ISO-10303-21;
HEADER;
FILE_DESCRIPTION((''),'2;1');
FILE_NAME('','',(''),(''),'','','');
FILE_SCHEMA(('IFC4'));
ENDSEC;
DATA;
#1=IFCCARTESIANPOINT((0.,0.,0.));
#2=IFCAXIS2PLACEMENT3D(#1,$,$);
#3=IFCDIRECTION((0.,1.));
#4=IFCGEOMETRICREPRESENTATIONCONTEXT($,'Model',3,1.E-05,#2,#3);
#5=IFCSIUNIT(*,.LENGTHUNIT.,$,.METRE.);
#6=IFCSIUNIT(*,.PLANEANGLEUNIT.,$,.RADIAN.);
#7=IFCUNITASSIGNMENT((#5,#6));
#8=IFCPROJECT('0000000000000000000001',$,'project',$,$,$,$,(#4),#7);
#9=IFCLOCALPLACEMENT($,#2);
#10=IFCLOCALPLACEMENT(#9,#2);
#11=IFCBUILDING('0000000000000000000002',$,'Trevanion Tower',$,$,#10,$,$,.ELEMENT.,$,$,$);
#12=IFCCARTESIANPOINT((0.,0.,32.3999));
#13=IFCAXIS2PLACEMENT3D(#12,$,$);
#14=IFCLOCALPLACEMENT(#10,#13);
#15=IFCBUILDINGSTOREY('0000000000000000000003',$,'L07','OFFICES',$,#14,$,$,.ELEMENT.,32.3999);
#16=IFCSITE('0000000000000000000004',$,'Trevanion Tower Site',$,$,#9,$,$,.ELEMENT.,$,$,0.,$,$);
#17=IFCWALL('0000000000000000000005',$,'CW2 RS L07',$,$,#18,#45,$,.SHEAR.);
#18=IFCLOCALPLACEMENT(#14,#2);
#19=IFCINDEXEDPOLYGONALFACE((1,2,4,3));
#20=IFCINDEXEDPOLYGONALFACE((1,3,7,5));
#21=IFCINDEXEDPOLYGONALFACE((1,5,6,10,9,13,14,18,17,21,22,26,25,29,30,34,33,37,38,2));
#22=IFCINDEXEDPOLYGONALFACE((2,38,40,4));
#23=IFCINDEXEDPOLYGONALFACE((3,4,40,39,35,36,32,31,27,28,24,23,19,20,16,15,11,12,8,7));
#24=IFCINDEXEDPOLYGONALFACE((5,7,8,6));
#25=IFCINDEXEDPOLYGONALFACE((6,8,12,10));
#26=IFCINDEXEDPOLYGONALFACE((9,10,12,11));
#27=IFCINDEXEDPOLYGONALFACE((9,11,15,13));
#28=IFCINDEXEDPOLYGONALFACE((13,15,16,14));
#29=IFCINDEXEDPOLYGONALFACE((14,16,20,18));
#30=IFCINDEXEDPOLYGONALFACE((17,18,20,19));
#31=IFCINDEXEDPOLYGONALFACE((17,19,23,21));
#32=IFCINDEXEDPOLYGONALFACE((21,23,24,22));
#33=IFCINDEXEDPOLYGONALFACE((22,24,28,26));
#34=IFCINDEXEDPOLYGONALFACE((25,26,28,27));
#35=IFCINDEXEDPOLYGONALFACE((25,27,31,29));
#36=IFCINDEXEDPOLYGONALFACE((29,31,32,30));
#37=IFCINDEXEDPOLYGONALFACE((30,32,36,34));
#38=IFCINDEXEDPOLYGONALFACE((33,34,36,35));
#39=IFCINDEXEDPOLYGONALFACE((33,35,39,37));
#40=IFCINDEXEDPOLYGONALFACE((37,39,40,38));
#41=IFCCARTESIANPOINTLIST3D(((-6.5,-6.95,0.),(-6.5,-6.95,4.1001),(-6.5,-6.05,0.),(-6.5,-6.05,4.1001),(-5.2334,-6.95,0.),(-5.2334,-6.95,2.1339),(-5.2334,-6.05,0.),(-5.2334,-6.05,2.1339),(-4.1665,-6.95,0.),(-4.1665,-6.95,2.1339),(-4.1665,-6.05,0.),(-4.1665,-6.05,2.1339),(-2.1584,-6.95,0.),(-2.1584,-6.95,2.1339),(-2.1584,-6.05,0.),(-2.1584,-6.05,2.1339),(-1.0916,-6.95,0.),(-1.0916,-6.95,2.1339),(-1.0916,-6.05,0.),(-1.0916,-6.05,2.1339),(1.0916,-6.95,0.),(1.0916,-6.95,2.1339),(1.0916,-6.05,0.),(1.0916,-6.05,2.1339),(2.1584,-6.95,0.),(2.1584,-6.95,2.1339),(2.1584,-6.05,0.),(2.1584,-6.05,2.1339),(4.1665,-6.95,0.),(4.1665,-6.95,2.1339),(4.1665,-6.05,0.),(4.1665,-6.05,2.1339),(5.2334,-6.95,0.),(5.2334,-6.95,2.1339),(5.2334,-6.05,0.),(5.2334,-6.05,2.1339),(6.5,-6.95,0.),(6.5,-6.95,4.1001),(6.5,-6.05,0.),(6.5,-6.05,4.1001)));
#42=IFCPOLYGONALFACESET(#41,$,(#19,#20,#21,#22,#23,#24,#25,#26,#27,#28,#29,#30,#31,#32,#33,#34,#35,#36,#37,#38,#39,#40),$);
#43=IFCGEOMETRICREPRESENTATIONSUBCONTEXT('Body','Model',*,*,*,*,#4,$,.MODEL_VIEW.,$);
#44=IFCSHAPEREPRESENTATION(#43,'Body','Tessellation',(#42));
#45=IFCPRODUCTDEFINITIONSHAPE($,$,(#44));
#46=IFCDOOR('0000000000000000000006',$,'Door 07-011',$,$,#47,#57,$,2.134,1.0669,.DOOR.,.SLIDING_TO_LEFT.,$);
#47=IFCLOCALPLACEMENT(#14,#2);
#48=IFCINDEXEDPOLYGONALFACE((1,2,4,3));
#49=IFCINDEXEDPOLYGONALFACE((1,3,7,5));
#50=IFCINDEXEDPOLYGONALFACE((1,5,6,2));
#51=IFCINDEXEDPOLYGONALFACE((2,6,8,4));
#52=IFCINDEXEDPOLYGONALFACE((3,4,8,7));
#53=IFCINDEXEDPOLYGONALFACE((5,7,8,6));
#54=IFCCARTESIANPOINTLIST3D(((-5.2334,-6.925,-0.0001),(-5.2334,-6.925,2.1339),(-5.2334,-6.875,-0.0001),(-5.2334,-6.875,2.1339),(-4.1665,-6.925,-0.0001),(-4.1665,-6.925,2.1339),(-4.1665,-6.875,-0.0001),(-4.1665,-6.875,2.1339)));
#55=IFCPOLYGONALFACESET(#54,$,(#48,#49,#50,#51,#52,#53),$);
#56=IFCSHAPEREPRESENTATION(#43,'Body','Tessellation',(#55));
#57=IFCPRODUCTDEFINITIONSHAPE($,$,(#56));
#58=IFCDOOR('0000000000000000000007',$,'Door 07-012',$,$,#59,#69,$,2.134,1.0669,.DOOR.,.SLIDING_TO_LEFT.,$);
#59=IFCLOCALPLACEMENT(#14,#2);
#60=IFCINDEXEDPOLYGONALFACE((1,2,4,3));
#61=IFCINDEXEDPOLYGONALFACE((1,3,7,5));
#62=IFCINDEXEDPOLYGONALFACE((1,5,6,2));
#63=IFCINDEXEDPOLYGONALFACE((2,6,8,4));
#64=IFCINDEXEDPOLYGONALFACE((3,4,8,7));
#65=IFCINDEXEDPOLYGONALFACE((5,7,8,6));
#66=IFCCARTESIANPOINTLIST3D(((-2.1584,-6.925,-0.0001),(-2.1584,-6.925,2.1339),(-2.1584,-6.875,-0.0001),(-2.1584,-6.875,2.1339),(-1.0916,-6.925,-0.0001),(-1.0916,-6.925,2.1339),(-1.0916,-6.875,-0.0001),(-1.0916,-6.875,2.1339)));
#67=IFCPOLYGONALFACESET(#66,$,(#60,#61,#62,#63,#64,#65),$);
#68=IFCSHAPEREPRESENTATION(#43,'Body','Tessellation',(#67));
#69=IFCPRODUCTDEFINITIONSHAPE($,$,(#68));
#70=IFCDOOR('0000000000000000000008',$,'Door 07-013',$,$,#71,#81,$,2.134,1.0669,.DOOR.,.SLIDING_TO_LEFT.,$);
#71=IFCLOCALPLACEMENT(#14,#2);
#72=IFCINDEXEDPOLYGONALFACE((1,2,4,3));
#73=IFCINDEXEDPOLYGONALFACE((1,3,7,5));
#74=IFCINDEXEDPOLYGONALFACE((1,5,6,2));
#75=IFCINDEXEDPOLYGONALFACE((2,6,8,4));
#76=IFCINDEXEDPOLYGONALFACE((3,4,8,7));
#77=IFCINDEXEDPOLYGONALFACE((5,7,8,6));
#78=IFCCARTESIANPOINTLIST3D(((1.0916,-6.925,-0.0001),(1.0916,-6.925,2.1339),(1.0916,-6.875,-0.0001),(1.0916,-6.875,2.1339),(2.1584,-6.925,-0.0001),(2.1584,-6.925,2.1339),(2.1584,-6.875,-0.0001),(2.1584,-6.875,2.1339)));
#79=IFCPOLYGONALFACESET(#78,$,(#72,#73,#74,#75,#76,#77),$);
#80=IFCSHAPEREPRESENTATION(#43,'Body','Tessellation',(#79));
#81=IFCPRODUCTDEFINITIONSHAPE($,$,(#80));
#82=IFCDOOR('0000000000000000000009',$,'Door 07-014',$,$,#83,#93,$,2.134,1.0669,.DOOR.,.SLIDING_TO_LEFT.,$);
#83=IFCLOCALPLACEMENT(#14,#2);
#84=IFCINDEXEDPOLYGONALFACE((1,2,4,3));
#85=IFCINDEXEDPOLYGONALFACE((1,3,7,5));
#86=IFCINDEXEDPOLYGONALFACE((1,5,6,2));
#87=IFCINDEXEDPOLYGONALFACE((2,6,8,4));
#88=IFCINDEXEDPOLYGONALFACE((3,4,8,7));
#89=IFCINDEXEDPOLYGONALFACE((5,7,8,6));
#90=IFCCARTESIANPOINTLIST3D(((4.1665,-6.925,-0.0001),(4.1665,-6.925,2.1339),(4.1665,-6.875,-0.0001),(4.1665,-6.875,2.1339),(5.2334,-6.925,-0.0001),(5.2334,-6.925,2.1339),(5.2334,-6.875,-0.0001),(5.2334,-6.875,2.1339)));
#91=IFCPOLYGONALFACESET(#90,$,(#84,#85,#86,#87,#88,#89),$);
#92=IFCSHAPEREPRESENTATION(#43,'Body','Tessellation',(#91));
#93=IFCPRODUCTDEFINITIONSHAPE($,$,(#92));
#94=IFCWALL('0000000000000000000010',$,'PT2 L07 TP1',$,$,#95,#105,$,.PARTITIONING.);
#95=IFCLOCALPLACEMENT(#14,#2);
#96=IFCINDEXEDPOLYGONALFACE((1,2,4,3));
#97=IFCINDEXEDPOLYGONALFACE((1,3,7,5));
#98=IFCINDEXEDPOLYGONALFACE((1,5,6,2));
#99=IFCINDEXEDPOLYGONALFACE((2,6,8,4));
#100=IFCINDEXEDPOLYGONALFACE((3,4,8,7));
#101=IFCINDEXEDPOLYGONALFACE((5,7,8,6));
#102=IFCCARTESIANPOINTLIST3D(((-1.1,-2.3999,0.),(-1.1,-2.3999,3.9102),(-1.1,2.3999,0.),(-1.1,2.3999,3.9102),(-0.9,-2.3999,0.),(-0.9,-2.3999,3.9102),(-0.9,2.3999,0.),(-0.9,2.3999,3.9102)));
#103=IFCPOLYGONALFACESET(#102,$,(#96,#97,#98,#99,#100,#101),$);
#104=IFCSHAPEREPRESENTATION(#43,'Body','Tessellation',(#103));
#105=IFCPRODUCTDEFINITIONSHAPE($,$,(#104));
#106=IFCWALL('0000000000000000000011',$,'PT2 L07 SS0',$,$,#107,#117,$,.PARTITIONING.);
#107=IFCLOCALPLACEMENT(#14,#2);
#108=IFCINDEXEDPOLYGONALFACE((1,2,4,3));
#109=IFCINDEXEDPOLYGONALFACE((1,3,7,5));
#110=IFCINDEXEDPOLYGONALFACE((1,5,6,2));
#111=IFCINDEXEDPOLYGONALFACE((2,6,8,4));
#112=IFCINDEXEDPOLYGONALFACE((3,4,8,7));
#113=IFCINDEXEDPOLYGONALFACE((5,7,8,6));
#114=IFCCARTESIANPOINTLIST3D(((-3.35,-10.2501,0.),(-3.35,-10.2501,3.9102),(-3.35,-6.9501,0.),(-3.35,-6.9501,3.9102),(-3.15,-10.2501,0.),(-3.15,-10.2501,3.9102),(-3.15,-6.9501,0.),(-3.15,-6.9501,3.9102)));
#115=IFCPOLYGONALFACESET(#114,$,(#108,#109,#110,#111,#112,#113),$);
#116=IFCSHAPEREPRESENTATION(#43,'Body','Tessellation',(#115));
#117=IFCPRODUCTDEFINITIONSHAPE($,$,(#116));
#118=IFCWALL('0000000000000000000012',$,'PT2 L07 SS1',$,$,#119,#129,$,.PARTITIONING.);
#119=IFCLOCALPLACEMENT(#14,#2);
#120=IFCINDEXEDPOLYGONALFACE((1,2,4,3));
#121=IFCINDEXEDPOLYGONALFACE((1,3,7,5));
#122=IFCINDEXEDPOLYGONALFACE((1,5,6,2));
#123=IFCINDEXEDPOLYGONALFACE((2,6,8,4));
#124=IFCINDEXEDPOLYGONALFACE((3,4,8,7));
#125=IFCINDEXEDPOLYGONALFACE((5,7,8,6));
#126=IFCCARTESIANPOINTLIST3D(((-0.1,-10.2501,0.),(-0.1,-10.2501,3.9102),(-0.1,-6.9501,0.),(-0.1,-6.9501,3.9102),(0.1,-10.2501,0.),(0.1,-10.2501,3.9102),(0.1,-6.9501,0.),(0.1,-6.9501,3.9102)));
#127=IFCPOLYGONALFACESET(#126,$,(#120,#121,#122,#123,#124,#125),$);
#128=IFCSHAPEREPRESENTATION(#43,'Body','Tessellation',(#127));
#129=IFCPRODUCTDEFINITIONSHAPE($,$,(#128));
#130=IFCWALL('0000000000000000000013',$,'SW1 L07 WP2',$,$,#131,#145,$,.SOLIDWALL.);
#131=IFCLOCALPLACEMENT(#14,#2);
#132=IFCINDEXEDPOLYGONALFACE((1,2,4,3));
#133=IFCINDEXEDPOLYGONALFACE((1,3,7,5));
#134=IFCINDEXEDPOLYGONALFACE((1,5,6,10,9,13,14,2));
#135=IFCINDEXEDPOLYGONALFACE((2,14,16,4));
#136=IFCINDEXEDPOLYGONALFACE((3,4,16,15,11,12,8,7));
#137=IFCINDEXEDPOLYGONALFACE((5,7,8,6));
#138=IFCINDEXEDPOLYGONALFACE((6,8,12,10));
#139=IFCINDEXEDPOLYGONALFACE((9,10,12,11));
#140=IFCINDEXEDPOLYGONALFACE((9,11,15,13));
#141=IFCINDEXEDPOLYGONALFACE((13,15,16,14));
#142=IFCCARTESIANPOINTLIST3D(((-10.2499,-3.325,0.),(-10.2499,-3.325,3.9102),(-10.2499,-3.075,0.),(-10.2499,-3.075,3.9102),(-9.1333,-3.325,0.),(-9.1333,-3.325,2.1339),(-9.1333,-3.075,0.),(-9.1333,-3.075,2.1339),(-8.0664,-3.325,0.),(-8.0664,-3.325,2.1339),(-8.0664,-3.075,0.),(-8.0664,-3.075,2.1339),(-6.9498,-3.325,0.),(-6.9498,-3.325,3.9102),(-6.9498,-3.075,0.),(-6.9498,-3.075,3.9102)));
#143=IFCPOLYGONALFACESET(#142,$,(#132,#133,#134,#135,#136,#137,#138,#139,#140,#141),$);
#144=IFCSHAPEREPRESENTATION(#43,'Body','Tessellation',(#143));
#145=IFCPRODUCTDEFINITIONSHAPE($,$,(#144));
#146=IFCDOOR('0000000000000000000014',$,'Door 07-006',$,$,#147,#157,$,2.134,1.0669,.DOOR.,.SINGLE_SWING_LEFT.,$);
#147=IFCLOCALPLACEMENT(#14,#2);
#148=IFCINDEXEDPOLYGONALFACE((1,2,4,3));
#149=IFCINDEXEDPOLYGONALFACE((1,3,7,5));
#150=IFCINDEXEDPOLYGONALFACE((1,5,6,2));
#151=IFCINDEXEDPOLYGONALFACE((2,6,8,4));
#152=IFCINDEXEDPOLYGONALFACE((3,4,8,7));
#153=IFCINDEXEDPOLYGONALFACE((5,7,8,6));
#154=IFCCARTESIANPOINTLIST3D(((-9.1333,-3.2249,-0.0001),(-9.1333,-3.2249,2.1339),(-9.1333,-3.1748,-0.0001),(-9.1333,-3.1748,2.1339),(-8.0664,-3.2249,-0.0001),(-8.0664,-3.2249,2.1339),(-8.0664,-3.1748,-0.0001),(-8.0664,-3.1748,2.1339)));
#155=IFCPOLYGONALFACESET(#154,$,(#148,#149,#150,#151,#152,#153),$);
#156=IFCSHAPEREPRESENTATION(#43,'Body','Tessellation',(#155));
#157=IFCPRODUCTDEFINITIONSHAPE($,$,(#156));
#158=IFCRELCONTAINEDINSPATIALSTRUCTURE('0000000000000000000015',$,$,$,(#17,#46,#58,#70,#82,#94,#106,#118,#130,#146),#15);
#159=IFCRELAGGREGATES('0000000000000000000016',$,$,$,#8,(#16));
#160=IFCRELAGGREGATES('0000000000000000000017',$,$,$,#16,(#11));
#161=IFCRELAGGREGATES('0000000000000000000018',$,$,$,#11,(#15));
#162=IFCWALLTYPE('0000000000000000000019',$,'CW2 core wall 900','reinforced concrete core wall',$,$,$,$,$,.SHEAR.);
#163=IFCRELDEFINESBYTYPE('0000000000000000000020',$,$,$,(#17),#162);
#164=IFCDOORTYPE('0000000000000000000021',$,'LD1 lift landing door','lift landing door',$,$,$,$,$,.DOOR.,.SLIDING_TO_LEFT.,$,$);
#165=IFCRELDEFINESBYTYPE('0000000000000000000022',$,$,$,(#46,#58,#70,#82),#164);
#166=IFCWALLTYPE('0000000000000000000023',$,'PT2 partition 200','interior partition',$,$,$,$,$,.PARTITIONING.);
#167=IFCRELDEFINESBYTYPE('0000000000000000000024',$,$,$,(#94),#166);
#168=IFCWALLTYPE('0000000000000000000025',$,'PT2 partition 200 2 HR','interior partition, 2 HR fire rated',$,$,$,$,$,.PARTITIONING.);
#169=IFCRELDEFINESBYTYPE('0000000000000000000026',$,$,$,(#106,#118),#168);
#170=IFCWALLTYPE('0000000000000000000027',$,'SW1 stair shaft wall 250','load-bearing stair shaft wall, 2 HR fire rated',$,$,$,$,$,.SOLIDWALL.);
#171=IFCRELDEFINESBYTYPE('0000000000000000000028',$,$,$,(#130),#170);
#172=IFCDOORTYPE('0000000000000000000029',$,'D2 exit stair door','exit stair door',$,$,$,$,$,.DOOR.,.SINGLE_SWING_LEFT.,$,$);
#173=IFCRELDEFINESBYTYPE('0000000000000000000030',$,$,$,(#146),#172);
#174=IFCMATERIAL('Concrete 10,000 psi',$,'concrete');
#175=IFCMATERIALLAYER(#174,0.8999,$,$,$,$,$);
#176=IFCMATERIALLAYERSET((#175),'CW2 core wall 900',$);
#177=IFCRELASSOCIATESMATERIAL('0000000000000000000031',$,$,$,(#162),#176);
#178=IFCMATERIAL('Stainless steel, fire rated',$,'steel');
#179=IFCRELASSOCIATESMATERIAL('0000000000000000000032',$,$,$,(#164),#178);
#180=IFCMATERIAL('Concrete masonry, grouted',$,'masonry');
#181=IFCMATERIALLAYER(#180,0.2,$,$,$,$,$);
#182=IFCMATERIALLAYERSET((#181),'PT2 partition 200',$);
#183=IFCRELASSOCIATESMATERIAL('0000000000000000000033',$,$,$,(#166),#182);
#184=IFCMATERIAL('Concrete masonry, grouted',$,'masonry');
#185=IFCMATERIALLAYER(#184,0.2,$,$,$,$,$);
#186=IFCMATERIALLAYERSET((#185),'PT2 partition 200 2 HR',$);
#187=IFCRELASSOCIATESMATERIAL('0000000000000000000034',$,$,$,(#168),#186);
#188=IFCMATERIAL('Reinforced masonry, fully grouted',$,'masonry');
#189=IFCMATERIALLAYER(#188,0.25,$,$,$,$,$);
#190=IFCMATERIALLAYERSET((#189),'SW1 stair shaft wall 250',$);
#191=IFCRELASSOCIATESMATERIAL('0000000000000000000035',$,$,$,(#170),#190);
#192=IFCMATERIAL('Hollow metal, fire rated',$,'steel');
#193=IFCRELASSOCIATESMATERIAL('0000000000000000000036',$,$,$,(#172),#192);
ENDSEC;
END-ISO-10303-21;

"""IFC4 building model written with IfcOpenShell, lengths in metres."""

from ifc_helpers import new_model, si_unit, direction, frame, frame_2d, origin, place, context, subcontext, project, spatial, rectangle, extrude, material, layer, layer_set, type_object, element, fill, save


model = new_model("IFC4")

# Units and contexts
model_context = context("Model", 3, precision=1e-05, world=origin(), true_north=direction((0.0, 1.0)))
body_context = subcontext(model_context, "Body", "Model", "MODEL_VIEW")
ifc_project = project(units=[si_unit("LENGTHUNIT", "METRE"), si_unit("PLANEANGLEUNIT", "RADIAN")], contexts=[model_context])

# Site, building, storey
site_placement = place(None, origin())
site = spatial("IfcSite", under=ifc_project, at=site_placement, Name="Trevanion Tower Site", CompositionType="ELEMENT", RefElevation=0.0)
building_placement = place(site_placement, origin())
building = spatial("IfcBuilding", under=site, at=building_placement, Name="Trevanion Tower", CompositionType="ELEMENT")
storey_placement = place(building_placement, frame((0.0, 0.0, 32.3999)))
storey = spatial("IfcBuildingStorey", under=building, at=storey_placement, Name="L07", Description="OFFICES", CompositionType="ELEMENT", Elevation=32.3999)

# Shared definitions
ifc_material_1 = material(Name="Concrete 10,000 psi", Category="concrete")
ifc_layer_1 = layer(ifc_material_1, 0.8999)
ifc_layer_set_1 = layer_set([ifc_layer_1], Name="CW2 core wall 900")
wall_type_1 = type_object("IfcWallType", Name="CW2 core wall 900", Description="reinforced concrete core wall", PredefinedType="SHEAR", material=ifc_layer_set_1)

# Wall, openings, doors
wall_1_placement = place(storey_placement, frame((-6.5, -6.5, 0.0), z_axis=(0.0, 0.0, 1.0), x_axis=(1.0, 0.0, 0.0)))
wall_1 = element("IfcWall", 1, at=wall_1_placement, inside=storey, type_object=wall_type_1, Name="CW2 RS L07", PredefinedType="SHEAR", context=body_context, shape_type="SweptSolid", body=[
    extrude(rectangle(XDim=13.0, YDim=0.8999, at=frame_2d((6.5, 0.0))), origin(), (0.0, 0.0, 1.0), 4.1001),
])
opening_1_placement = place(wall_1_placement, frame((1.2666, 0.0, 0.0)))
opening_1 = element("IfcOpeningElement", 2, at=opening_1_placement, cuts=wall_1, PredefinedType="OPENING", context=body_context, shape_type="SweptSolid", body=[
    extrude(rectangle(XDim=1.0669, YDim=2.134, at=frame_2d((0.5334, 1.0669))), frame((0.0, 0.46, 0.0), z_axis=(0.0, -1.0, 0.0), x_axis=(1.0, 0.0, 0.0)), (0.0, 0.0, 1.0), 0.9199),
])
opening_2_placement = place(wall_1_placement, frame((4.3416, 0.0, 0.0)))
opening_2 = element("IfcOpeningElement", 3, at=opening_2_placement, cuts=wall_1, PredefinedType="OPENING", context=body_context, shape_type="SweptSolid", body=[
    extrude(rectangle(XDim=1.0669, YDim=2.134, at=frame_2d((0.5334, 1.0669))), frame((0.0, 0.46, 0.0), z_axis=(0.0, -1.0, 0.0), x_axis=(1.0, 0.0, 0.0)), (0.0, 0.0, 1.0), 0.9199),
])
opening_3_placement = place(wall_1_placement, frame((7.5916, 0.0, 0.0)))
opening_3 = element("IfcOpeningElement", 4, at=opening_3_placement, cuts=wall_1, PredefinedType="OPENING", context=body_context, shape_type="SweptSolid", body=[
    extrude(rectangle(XDim=1.0669, YDim=2.134, at=frame_2d((0.5334, 1.0669))), frame((0.0, 0.46, 0.0), z_axis=(0.0, -1.0, 0.0), x_axis=(1.0, 0.0, 0.0)), (0.0, 0.0, 1.0), 0.9199),
])
opening_4_placement = place(wall_1_placement, frame((10.6665, 0.0, 0.0)))
opening_4 = element("IfcOpeningElement", 5, at=opening_4_placement, cuts=wall_1, PredefinedType="OPENING", context=body_context, shape_type="SweptSolid", body=[
    extrude(rectangle(XDim=1.0669, YDim=2.134, at=frame_2d((0.5334, 1.0669))), frame((0.0, 0.46, 0.0), z_axis=(0.0, -1.0, 0.0), x_axis=(1.0, 0.0, 0.0)), (0.0, 0.0, 1.0), 0.9199),
])
ifc_material_2 = material(Name="Stainless steel, fire rated", Category="steel")
door_type_1 = type_object("IfcDoorType", Name="LD1 lift landing door", Description="lift landing door", OperationType="SLIDING_TO_LEFT", PredefinedType="DOOR", material=ifc_material_2)
door_1_placement = place(opening_1_placement, origin())
door_1 = element("IfcDoor", 6, at=door_1_placement, inside=storey, type_object=door_type_1, Name="Door 07-011", OperationType="SLIDING_TO_LEFT", OverallHeight=2.134, OverallWidth=1.0669, PredefinedType="DOOR", context=body_context, shape_type="SweptSolid", body=[
    extrude(rectangle(XDim=1.0669, YDim=2.134, at=frame_2d((0.5334, 1.0669))), frame((0.0, -0.375, 0.0), z_axis=(0.0, -1.0, 0.0), x_axis=(1.0, 0.0, 0.0)), (0.0, 0.0, 1.0), 0.05),
])
fill(opening_1, door_1)
door_2_placement = place(opening_2_placement, origin())
door_2 = element("IfcDoor", 7, at=door_2_placement, inside=storey, type_object=door_type_1, Name="Door 07-012", OperationType="SLIDING_TO_LEFT", OverallHeight=2.134, OverallWidth=1.0669, PredefinedType="DOOR", context=body_context, shape_type="SweptSolid", body=[
    extrude(rectangle(XDim=1.0669, YDim=2.134, at=frame_2d((0.5334, 1.0669))), frame((0.0, -0.375, 0.0), z_axis=(0.0, -1.0, 0.0), x_axis=(1.0, 0.0, 0.0)), (0.0, 0.0, 1.0), 0.05),
])
fill(opening_2, door_2)
door_3_placement = place(opening_3_placement, origin())
door_3 = element("IfcDoor", 8, at=door_3_placement, inside=storey, type_object=door_type_1, Name="Door 07-013", OperationType="SLIDING_TO_LEFT", OverallHeight=2.134, OverallWidth=1.0669, PredefinedType="DOOR", context=body_context, shape_type="SweptSolid", body=[
    extrude(rectangle(XDim=1.0669, YDim=2.134, at=frame_2d((0.5334, 1.0669))), frame((0.0, -0.375, 0.0), z_axis=(0.0, -1.0, 0.0), x_axis=(1.0, 0.0, 0.0)), (0.0, 0.0, 1.0), 0.05),
])
fill(opening_3, door_3)
door_4_placement = place(opening_4_placement, origin())
door_4 = element("IfcDoor", 9, at=door_4_placement, inside=storey, type_object=door_type_1, Name="Door 07-014", OperationType="SLIDING_TO_LEFT", OverallHeight=2.134, OverallWidth=1.0669, PredefinedType="DOOR", context=body_context, shape_type="SweptSolid", body=[
    extrude(rectangle(XDim=1.0669, YDim=2.134, at=frame_2d((0.5334, 1.0669))), frame((0.0, -0.375, 0.0), z_axis=(0.0, -1.0, 0.0), x_axis=(1.0, 0.0, 0.0)), (0.0, 0.0, 1.0), 0.05),
])
fill(opening_4, door_4)

# Walls
ifc_material_3 = material(Name="Concrete masonry, grouted", Category="masonry")
ifc_layer_2 = layer(ifc_material_3, 0.2)
ifc_layer_set_2 = layer_set([ifc_layer_2], Name="PT2 partition 200")
wall_type_2 = type_object("IfcWallType", Name="PT2 partition 200", Description="interior partition", PredefinedType="PARTITIONING", material=ifc_layer_set_2)
wall_2_placement = place(storey_placement, frame((-1.0, -2.3999, 0.0), z_axis=(0.0, 0.0, 1.0), x_axis=(0.0, 1.0, 0.0)))
element("IfcWall", 10, at=wall_2_placement, inside=storey, type_object=wall_type_2, Name="PT2 L07 TP1", PredefinedType="PARTITIONING", context=body_context, shape_type="SweptSolid", body=[
    extrude(rectangle(XDim=4.7998, YDim=0.2, at=frame_2d((2.3999, 0.0))), origin(), (0.0, 0.0, 1.0), 3.9102),
])
ifc_material_4 = material(Name="Concrete masonry, grouted", Category="masonry")
ifc_layer_3 = layer(ifc_material_4, 0.2)
ifc_layer_set_3 = layer_set([ifc_layer_3], Name="PT2 partition 200 2 HR")
wall_type_3 = type_object("IfcWallType", Name="PT2 partition 200 2 HR", Description="interior partition, 2 HR fire rated", PredefinedType="PARTITIONING", material=ifc_layer_set_3)
for number, where, z_axis, x_axis, name in (
    (11, (-3.25, -10.25, 0.0), (0.0, 0.0, 1.0), (0.0, 1.0, 0.0), "PT2 L07 SS0"),
    (12, (0.0, -10.25, 0.0), (0.0, 0.0, 1.0), (0.0, 1.0, 0.0), "PT2 L07 SS1"),
):
    element("IfcWall", number, at=place(storey_placement, frame(where, z_axis=z_axis, x_axis=x_axis)), inside=storey, type_object=wall_type_3, Name=name, PredefinedType="PARTITIONING", context=body_context, shape_type="SweptSolid", body=[
        extrude(rectangle(XDim=3.3, YDim=0.2, at=frame_2d((1.6499, 0.0))), origin(), (0.0, 0.0, 1.0), 3.9102),
    ])

# Wall, opening, door
ifc_material_5 = material(Name="Reinforced masonry, fully grouted", Category="masonry")
ifc_layer_4 = layer(ifc_material_5, 0.25)
ifc_layer_set_4 = layer_set([ifc_layer_4], Name="SW1 stair shaft wall 250")
wall_type_4 = type_object("IfcWallType", Name="SW1 stair shaft wall 250", Description="load-bearing stair shaft wall, 2 HR fire rated", PredefinedType="SOLIDWALL", material=ifc_layer_set_4)
wall_3_placement = place(storey_placement, frame((-6.95, -3.2, 0.0), z_axis=(0.0, 0.0, 1.0), x_axis=(-1.0, 0.0, 0.0)))
wall_3 = element("IfcWall", 13, at=wall_3_placement, inside=storey, type_object=wall_type_4, Name="SW1 L07 WP2", PredefinedType="SOLIDWALL", context=body_context, shape_type="SweptSolid", body=[
    extrude(rectangle(XDim=3.3, YDim=0.25, at=frame_2d((1.6499, 0.0))), origin(), (0.0, 0.0, 1.0), 3.9102),
])
opening_5_placement = place(wall_3_placement, frame((1.1165, 0.0, 0.0)))
opening_5 = element("IfcOpeningElement", 14, at=opening_5_placement, cuts=wall_3, PredefinedType="OPENING", context=body_context, shape_type="SweptSolid", body=[
    extrude(rectangle(XDim=1.0669, YDim=2.134, at=frame_2d((0.5334, 1.0669))), frame((0.0, 0.135, 0.0), z_axis=(0.0, -1.0, 0.0), x_axis=(1.0, 0.0, 0.0)), (0.0, 0.0, 1.0), 0.27),
])
ifc_material_6 = material(Name="Hollow metal, fire rated", Category="steel")
door_type_2 = type_object("IfcDoorType", Name="D2 exit stair door", Description="exit stair door", OperationType="SINGLE_SWING_LEFT", PredefinedType="DOOR", material=ifc_material_6)
door_5_placement = place(opening_5_placement, origin())
door_5 = element("IfcDoor", 15, at=door_5_placement, inside=storey, type_object=door_type_2, Name="Door 07-006", OperationType="SINGLE_SWING_LEFT", OverallHeight=2.134, OverallWidth=1.0669, PredefinedType="DOOR", context=body_context, shape_type="SweptSolid", body=[
    extrude(rectangle(XDim=1.0669, YDim=2.134, at=frame_2d((0.5334, 1.0669))), frame((0.0, 0.0249, 0.0), z_axis=(0.0, -1.0, 0.0), x_axis=(1.0, 0.0, 0.0)), (0.0, 0.0, 1.0), 0.05),
])
fill(opening_5, door_5)

save(model, "model.ifc")
